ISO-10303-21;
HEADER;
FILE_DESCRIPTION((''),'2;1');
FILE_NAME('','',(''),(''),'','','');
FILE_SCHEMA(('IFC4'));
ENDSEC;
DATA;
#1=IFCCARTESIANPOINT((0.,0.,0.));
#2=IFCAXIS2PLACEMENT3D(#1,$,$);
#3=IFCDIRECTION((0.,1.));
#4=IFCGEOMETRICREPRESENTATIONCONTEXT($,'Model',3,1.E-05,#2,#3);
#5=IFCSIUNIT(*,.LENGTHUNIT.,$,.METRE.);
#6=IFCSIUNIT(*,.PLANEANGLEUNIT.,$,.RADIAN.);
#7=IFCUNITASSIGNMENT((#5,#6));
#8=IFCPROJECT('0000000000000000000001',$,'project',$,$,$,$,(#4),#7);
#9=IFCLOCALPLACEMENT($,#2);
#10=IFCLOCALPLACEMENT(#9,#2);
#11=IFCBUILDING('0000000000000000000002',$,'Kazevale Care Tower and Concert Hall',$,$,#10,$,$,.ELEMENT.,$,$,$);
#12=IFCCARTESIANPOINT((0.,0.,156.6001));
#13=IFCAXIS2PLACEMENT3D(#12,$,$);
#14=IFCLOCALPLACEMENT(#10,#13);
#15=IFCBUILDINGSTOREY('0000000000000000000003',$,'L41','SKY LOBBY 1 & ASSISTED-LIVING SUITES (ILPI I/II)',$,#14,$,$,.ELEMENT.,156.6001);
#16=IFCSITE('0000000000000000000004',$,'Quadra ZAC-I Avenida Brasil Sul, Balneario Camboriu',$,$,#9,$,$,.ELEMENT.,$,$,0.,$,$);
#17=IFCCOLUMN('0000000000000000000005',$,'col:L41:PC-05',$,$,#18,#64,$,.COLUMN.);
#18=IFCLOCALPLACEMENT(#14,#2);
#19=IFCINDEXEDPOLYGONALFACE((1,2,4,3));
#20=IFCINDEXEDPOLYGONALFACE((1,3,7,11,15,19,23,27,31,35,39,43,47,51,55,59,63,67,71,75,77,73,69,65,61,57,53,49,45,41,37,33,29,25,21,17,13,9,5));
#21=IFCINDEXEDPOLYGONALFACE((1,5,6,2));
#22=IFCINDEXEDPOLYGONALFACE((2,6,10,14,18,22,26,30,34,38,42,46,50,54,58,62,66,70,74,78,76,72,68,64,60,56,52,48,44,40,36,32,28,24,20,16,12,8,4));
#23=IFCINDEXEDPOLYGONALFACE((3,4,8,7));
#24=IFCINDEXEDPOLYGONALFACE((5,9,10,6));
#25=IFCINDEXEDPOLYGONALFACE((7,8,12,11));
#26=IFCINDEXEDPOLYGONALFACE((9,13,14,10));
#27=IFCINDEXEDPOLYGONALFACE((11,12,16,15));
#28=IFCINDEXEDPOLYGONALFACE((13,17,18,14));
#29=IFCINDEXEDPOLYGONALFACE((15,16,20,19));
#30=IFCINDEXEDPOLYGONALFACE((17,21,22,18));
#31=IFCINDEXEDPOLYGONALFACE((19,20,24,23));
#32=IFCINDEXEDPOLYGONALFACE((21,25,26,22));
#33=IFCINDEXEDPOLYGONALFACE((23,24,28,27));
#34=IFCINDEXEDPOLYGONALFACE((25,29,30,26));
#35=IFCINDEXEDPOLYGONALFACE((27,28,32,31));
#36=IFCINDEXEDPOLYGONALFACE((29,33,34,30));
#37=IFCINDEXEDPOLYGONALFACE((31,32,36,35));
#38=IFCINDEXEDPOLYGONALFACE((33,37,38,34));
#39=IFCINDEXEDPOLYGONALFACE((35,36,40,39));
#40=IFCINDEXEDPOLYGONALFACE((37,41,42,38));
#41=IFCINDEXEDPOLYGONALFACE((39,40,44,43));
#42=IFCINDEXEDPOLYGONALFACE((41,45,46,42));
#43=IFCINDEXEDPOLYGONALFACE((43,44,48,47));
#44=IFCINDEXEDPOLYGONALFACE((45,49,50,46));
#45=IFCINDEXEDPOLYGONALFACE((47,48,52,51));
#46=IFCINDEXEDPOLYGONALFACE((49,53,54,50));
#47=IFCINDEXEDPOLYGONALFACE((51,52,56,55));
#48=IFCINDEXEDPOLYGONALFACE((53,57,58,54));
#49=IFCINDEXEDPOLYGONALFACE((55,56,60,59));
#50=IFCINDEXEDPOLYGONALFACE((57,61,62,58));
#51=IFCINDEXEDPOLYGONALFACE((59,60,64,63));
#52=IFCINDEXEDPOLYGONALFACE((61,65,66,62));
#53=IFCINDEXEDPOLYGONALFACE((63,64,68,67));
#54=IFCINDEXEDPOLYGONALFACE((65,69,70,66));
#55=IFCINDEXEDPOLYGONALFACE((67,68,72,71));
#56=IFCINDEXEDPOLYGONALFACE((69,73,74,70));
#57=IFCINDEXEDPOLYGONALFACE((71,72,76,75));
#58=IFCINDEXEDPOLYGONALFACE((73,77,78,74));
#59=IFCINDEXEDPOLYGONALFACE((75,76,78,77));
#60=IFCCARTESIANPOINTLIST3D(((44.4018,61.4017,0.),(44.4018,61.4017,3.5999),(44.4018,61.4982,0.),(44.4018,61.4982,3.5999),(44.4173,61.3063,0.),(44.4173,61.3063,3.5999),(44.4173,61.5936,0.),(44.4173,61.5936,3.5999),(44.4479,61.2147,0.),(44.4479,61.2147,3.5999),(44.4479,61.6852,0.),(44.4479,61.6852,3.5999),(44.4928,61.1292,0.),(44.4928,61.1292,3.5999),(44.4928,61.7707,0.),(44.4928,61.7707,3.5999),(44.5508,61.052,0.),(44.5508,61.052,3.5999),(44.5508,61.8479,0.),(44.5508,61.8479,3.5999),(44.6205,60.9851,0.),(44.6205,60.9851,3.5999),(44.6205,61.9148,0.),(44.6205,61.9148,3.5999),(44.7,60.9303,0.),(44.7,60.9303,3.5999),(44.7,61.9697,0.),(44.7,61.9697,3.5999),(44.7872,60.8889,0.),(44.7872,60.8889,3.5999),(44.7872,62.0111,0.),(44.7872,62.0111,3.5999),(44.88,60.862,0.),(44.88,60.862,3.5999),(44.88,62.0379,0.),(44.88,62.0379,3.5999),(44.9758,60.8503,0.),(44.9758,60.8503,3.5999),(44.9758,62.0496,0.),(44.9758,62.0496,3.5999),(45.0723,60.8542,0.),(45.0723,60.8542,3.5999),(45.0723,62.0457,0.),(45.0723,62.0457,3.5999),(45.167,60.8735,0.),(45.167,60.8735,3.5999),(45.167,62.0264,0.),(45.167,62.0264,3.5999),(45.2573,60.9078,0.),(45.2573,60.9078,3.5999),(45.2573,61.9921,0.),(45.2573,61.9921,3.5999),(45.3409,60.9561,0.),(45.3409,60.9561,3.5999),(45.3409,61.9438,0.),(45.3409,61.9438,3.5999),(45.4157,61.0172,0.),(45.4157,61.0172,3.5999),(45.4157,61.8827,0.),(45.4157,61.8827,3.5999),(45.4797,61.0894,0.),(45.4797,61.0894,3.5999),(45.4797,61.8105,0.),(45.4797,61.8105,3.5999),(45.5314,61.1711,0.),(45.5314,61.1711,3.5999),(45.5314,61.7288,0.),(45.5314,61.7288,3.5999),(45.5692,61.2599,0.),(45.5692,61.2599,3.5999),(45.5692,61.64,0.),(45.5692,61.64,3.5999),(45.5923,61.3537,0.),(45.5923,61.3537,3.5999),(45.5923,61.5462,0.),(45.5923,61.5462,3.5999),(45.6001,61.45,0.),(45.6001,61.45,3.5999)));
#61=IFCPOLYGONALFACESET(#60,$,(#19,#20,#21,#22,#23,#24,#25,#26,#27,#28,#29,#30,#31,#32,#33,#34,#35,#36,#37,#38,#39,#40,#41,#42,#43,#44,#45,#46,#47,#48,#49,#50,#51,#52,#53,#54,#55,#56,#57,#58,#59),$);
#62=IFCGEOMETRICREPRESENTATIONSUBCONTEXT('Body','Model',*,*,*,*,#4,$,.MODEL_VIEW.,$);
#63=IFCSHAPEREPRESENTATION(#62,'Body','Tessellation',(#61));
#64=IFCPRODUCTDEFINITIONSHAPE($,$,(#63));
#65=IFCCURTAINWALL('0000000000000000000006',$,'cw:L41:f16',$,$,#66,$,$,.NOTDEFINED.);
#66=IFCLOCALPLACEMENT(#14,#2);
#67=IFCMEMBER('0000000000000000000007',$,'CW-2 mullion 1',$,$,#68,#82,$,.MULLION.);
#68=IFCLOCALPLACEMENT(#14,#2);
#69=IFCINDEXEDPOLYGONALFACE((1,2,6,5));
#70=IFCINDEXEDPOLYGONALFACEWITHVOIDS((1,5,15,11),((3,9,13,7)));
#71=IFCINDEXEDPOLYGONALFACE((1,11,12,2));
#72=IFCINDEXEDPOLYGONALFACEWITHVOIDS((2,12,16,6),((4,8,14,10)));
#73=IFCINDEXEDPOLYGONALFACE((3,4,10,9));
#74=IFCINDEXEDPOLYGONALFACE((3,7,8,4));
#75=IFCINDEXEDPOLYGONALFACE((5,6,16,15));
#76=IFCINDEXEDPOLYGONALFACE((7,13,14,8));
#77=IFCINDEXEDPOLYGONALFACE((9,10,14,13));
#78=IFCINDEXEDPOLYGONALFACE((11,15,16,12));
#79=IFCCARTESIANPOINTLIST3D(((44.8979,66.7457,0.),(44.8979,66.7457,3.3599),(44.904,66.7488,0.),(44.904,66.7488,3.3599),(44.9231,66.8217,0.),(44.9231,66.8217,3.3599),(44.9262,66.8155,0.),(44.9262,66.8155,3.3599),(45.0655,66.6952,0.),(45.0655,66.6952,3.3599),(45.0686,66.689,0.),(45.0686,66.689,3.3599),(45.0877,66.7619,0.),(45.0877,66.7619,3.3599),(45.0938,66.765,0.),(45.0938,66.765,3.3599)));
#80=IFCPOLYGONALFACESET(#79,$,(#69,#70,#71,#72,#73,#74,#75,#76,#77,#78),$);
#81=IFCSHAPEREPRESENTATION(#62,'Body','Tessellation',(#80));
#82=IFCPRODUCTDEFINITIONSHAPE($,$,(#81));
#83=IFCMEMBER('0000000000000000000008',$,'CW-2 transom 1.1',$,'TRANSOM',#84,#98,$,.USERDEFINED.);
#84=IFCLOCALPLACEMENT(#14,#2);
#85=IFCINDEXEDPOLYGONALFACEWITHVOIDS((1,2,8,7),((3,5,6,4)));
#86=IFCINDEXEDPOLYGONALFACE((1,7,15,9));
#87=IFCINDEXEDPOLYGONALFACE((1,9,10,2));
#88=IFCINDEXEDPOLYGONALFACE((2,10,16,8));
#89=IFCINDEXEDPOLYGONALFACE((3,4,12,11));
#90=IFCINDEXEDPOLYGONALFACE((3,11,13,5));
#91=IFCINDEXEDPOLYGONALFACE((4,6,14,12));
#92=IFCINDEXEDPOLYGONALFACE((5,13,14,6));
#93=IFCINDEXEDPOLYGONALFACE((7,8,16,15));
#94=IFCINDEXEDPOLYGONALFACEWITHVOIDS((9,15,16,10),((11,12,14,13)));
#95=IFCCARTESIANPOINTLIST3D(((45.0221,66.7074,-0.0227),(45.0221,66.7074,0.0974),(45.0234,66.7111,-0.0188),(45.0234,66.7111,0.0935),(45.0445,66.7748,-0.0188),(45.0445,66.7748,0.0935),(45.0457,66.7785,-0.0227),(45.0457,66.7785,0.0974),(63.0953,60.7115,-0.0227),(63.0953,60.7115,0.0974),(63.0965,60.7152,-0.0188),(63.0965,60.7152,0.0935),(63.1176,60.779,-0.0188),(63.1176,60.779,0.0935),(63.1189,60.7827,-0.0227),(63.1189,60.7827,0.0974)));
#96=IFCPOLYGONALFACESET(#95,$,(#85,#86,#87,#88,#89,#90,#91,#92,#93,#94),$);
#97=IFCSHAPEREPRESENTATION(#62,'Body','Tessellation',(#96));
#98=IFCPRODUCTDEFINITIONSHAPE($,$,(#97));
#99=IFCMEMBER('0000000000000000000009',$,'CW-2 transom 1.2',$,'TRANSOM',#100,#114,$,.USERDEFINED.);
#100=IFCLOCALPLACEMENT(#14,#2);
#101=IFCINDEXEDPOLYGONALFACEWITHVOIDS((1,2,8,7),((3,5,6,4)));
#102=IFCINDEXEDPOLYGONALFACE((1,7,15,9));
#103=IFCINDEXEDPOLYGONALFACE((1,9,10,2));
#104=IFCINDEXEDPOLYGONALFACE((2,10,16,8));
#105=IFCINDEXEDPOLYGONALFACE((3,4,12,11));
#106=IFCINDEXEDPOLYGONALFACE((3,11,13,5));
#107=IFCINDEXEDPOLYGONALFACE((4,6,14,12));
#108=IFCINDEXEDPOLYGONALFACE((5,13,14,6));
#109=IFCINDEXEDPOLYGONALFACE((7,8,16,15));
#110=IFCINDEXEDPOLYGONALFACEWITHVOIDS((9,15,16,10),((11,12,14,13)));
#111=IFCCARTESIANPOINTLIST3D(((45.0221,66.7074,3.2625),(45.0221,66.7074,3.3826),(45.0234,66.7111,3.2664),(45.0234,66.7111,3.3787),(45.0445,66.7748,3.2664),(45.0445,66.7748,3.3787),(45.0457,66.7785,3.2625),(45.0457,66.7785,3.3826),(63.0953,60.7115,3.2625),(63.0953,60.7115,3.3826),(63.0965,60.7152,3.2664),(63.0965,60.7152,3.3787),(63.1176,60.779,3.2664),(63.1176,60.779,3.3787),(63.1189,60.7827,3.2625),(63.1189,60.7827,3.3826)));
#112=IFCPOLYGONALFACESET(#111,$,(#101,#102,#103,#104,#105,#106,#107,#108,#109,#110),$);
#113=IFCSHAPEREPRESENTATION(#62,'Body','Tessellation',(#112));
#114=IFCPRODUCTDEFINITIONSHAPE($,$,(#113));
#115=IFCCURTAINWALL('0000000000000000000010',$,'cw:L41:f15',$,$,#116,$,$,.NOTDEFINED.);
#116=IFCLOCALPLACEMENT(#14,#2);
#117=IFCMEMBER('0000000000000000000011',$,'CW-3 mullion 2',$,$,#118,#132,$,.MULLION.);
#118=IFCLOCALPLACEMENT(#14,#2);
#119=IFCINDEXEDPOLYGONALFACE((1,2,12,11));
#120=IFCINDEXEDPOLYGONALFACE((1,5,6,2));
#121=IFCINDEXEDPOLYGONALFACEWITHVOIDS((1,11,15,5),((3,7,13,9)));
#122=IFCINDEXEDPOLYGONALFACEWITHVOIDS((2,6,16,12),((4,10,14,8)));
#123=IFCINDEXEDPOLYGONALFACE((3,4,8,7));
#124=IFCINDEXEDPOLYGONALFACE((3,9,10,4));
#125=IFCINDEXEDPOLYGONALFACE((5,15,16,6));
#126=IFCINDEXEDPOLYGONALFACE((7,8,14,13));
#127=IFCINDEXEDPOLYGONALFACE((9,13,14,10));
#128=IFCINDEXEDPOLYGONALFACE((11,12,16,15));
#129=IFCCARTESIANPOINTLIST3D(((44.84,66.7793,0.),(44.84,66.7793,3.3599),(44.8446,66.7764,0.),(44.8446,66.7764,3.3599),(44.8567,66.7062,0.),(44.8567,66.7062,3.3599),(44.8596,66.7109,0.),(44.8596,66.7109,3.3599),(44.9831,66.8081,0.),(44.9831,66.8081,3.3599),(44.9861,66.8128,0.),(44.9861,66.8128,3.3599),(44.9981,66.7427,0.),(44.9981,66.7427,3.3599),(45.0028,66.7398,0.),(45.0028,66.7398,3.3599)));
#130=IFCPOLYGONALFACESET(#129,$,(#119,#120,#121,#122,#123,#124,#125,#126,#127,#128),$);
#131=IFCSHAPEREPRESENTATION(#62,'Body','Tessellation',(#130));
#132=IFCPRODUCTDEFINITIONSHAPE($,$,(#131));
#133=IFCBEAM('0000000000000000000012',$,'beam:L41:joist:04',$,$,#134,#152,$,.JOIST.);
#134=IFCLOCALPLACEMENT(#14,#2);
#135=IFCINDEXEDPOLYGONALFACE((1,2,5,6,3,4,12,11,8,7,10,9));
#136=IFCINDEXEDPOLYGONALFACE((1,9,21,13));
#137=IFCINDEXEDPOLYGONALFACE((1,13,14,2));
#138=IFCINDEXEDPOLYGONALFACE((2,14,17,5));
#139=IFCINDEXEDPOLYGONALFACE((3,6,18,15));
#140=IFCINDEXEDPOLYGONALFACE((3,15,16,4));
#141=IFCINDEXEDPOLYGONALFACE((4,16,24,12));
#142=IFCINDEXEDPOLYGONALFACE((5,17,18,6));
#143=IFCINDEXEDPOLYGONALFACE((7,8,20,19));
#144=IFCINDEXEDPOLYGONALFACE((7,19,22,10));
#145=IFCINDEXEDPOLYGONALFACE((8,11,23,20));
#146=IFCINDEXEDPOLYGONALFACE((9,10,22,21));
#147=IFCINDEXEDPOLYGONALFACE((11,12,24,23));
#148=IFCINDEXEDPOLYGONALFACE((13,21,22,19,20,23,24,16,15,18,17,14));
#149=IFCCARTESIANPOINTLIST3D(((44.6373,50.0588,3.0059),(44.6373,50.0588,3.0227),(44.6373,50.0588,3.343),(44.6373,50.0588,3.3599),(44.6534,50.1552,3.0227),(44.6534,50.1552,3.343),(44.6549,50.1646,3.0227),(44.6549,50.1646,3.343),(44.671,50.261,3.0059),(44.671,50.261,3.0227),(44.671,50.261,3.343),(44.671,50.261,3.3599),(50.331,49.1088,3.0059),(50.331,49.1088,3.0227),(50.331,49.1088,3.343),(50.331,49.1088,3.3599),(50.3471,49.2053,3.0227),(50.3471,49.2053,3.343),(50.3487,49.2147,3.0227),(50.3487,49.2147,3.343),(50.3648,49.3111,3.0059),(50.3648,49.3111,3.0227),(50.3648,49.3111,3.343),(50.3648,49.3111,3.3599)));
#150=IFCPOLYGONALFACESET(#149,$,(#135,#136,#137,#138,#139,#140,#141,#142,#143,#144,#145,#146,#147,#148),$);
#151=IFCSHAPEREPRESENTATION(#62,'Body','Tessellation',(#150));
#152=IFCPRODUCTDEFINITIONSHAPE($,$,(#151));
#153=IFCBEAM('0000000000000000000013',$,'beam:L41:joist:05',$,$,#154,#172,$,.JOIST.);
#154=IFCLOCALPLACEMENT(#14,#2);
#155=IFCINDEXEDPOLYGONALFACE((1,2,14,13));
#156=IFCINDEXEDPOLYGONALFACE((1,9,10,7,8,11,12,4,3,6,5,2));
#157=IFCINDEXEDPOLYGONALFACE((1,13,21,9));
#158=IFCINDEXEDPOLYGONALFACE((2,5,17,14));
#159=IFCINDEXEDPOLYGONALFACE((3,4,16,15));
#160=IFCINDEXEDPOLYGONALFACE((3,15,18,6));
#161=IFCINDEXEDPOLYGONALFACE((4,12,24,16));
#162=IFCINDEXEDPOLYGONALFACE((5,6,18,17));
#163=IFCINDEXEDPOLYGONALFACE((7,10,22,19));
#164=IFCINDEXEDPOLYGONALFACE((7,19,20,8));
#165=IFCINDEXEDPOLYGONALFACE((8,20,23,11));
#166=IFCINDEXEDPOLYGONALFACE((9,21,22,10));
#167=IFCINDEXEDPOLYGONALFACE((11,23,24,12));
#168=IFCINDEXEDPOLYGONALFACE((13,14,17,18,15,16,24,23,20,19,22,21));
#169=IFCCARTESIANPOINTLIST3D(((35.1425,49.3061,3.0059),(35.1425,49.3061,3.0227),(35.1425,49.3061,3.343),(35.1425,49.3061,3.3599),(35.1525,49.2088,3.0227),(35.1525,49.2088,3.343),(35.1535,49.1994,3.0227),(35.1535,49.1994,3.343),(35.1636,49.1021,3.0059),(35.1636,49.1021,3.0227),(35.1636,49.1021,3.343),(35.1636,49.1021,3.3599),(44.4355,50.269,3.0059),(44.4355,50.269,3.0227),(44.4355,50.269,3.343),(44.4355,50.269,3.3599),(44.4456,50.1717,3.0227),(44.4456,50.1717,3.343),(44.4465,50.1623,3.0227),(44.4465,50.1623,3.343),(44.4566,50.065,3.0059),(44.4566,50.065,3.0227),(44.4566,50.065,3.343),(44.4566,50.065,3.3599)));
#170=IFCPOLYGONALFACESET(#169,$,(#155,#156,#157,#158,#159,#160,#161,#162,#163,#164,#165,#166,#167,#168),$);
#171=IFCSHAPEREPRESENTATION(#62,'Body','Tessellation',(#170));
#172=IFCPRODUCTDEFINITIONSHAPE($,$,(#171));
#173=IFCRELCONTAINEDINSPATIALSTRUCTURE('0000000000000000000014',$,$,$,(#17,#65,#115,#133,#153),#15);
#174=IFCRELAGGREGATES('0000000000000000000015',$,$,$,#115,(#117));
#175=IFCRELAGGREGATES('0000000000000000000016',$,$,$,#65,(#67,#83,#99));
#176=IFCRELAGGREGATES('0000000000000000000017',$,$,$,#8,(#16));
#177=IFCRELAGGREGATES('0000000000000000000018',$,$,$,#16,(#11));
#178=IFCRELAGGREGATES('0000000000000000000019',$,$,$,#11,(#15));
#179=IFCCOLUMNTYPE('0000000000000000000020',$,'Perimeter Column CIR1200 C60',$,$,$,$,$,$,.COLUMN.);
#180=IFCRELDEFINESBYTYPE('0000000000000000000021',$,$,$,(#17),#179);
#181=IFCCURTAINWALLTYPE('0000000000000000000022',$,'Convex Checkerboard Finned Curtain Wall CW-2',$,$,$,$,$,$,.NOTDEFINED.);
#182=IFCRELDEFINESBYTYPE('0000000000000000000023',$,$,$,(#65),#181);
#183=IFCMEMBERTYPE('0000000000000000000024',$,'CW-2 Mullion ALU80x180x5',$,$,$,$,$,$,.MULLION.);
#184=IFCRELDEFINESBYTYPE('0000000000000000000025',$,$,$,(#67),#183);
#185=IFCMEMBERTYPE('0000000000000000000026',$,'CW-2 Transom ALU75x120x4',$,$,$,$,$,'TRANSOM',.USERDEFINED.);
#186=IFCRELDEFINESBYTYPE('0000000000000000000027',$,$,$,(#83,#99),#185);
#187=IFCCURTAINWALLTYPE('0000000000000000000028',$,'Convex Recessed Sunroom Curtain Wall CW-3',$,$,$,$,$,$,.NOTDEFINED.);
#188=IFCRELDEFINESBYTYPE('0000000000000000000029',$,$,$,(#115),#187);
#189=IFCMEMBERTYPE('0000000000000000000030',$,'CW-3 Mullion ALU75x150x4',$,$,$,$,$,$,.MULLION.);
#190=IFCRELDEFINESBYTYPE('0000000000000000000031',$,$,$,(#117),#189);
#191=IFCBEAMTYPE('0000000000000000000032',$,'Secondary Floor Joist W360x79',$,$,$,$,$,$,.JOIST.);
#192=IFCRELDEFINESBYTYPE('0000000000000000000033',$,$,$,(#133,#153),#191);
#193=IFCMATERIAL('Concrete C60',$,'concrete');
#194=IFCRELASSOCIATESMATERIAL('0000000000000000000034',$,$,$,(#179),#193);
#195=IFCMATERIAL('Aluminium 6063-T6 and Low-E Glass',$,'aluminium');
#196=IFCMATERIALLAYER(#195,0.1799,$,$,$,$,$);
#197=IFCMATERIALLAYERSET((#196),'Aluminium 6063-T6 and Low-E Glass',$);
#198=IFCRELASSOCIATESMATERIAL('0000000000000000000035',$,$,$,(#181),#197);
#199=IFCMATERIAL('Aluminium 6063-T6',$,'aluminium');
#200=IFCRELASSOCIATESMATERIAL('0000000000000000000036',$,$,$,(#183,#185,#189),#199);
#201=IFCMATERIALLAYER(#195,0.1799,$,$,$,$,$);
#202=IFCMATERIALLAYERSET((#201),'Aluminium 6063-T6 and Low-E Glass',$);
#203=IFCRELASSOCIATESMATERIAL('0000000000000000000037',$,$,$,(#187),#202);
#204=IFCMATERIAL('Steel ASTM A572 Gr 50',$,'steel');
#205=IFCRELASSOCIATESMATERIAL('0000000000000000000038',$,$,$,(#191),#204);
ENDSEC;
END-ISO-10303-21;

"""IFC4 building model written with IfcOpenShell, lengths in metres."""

from ifc_helpers import new_model, si_unit, direction, frame, origin, origin_2d, place, context, subcontext, project, spatial, hollow_rectangle, circle, i_section, extrude, material, layer, layer_set, material_profile, profile_set, type_object, element, aggregate, save


model = new_model("IFC4")

# Units and contexts
model_context = context("Model", 3, precision=1e-05, world=origin(), true_north=direction((0.0, 1.0)))
body_context = subcontext(model_context, "Body", "Model", "MODEL_VIEW")
ifc_project = project(units=[si_unit("LENGTHUNIT", "METRE"), si_unit("PLANEANGLEUNIT", "RADIAN")], contexts=[model_context])

# Site, building, storey
site_placement = place(None, origin())
site = spatial("IfcSite", under=ifc_project, at=site_placement, Name="Quadra ZAC-I Avenida Brasil Sul, Balneario Camboriu", CompositionType="ELEMENT", RefElevation=0.0)
building_placement = place(site_placement, origin())
building = spatial("IfcBuilding", under=site, at=building_placement, Name="Kazevale Care Tower and Concert Hall", CompositionType="ELEMENT")
storey_placement = place(building_placement, frame((0.0, 0.0, 156.6001)))
storey = spatial("IfcBuildingStorey", under=building, at=storey_placement, Name="L41", Description="SKY LOBBY 1 & ASSISTED-LIVING SUITES (ILPI I/II)", CompositionType="ELEMENT", Elevation=156.6001)

# Column
ifc_material_1 = material(Name="Concrete C60", Category="concrete")
ifc_material_profile_1 = material_profile(ifc_material_1, circle(Radius=0.6001, at=origin_2d()), Name="RC-CIR1200")
ifc_profile_set_1 = profile_set([ifc_material_profile_1], Name="Concrete C60")
column_type = type_object("IfcColumnType", Name="Perimeter Column CIR1200 C60", PredefinedType="COLUMN", material=ifc_profile_set_1)
column_placement = place(storey_placement, frame((45.0, 61.45, 0.0), z_axis=(0.0, 0.0, 1.0), x_axis=(1.0, 0.0, 0.0)))
element("IfcColumn", 1, at=column_placement, inside=storey, type_object=column_type, Name="col:L41:PC-05", PredefinedType="COLUMN", context=body_context, shape_type="SweptSolid", body=[
    extrude(circle(Radius=0.6001, at=origin_2d()), origin(), (0.0, 0.0, 1.0), 3.5999),
])

# Curtain wall, members
ifc_material_2 = material(Name="Aluminium 6063-T6 and Low-E Glass", Category="aluminium")
ifc_layer_1 = layer(ifc_material_2, 0.1799)
ifc_layer_set_1 = layer_set([ifc_layer_1], Name="Aluminium 6063-T6 and Low-E Glass")
curtain_wall_type_1 = type_object("IfcCurtainWallType", Name="Convex Checkerboard Finned Curtain Wall CW-2", PredefinedType="NOTDEFINED", material=ifc_layer_set_1)
curtain_wall_1_placement = place(storey_placement, origin())
curtain_wall_1 = element("IfcCurtainWall", 2, at=curtain_wall_1_placement, inside=storey, type_object=curtain_wall_type_1, Name="cw:L41:f16", PredefinedType="NOTDEFINED")
ifc_material_3 = material(Name="Aluminium 6063-T6", Category="aluminium")
ifc_material_profile_2 = material_profile(ifc_material_3, hollow_rectangle(XDim=0.0801, YDim=0.1799, WallThickness=0.0049, at=origin_2d()), Name="ALU80x180x5")
ifc_profile_set_2 = profile_set([ifc_material_profile_2], Name="Aluminium 6063-T6")
member_type_1 = type_object("IfcMemberType", Name="CW-2 Mullion ALU80x180x5", PredefinedType="MULLION", material=ifc_profile_set_2)
member_1_placement = place(storey_placement, frame((44.9958, 66.7554, 0.0), z_axis=(0.0, 0.0, 1.0), x_axis=(0.314868, 0.949135, 0.0)))
member_1 = element("IfcMember", 3, at=member_1_placement, type_object=member_type_1, Name="CW-2 mullion 1", PredefinedType="MULLION", context=body_context, shape_type="SweptSolid", body=[
    extrude(hollow_rectangle(XDim=0.0801, YDim=0.1799, WallThickness=0.0049, at=origin_2d()), origin(), (0.0, 0.0, 1.0), 3.3599),
])
ifc_material_profile_3 = material_profile(ifc_material_3, hollow_rectangle(XDim=0.075, YDim=0.1201, WallThickness=0.0039, at=origin_2d()), Name="ALU75x120x4")
ifc_profile_set_3 = profile_set([ifc_material_profile_3], Name="Aluminium 6063-T6")
member_type_2 = type_object("IfcMemberType", Name="CW-2 Transom ALU75x120x4", ElementType="TRANSOM", PredefinedType="USERDEFINED", material=ifc_profile_set_3)
member_2_placement = place(storey_placement, frame((45.0339, 66.7429, 0.0374), z_axis=(0.949132, -0.314877, 0.0), x_axis=(0.314877, 0.949132, 0.0)))
member_2 = element("IfcMember", 4, at=member_2_placement, type_object=member_type_2, Name="CW-2 transom 1.1", ObjectType="TRANSOM", PredefinedType="USERDEFINED", context=body_context, shape_type="SweptSolid", body=[
    extrude(hollow_rectangle(XDim=0.075, YDim=0.1201, WallThickness=0.0039, at=origin_2d()), origin(), (0.0, 0.0, 1.0), 19.0417),
])
member_3_placement = place(storey_placement, frame((45.0339, 66.7429, 3.3225), z_axis=(0.949132, -0.314877, 0.0), x_axis=(0.314877, 0.949132, 0.0)))
member_3 = element("IfcMember", 5, at=member_3_placement, type_object=member_type_2, Name="CW-2 transom 1.2", ObjectType="TRANSOM", PredefinedType="USERDEFINED", context=body_context, shape_type="SweptSolid", body=[
    extrude(hollow_rectangle(XDim=0.075, YDim=0.1201, WallThickness=0.0039, at=origin_2d()), origin(), (0.0, 0.0, 1.0), 19.0417),
])

# Curtain wall, member
ifc_layer_2 = layer(ifc_material_2, 0.1799)
ifc_layer_set_2 = layer_set([ifc_layer_2], Name="Aluminium 6063-T6 and Low-E Glass")
curtain_wall_type_2 = type_object("IfcCurtainWallType", Name="Convex Recessed Sunroom Curtain Wall CW-3", PredefinedType="NOTDEFINED", material=ifc_layer_set_2)
curtain_wall_2_placement = place(storey_placement, origin())
curtain_wall_2 = element("IfcCurtainWall", 6, at=curtain_wall_2_placement, inside=storey, type_object=curtain_wall_type_2, Name="cw:L41:f15", PredefinedType="NOTDEFINED")
ifc_material_profile_4 = material_profile(ifc_material_3, hollow_rectangle(XDim=0.075, YDim=0.1499, WallThickness=0.0039, at=origin_2d()), Name="ALU75x150x4")
ifc_profile_set_4 = profile_set([ifc_material_profile_4], Name="Aluminium 6063-T6")
member_type_3 = type_object("IfcMemberType", Name="CW-3 Mullion ALU75x150x4", PredefinedType="MULLION", material=ifc_profile_set_4)
member_4_placement = place(storey_placement, frame((44.9214, 66.7595, 0.0), z_axis=(0.0, 0.0, 1.0), x_axis=(-0.223567, 0.974688, 0.0)))
member_4 = element("IfcMember", 7, at=member_4_placement, type_object=member_type_3, Name="CW-3 mullion 2", PredefinedType="MULLION", context=body_context, shape_type="SweptSolid", body=[
    extrude(hollow_rectangle(XDim=0.075, YDim=0.1499, WallThickness=0.0039, at=origin_2d()), origin(), (0.0, 0.0, 1.0), 3.3599),
])
aggregate(curtain_wall_2, [member_4])

# Beams
ifc_material_4 = material(Name="Steel ASTM A572 Gr 50", Category="steel")
ifc_material_profile_5 = material_profile(ifc_material_4, i_section(OverallWidth=0.2051, OverallDepth=0.354, WebThickness=0.0095, FlangeThickness=0.0168, at=origin_2d()), Name="W360x79")
ifc_profile_set_5 = profile_set([ifc_material_profile_5], Name="Steel ASTM A572 Gr 50")
beam_type_1 = type_object("IfcBeamType", Name="Secondary Floor Joist W360x79", PredefinedType="JOIST", material=ifc_profile_set_5)
beam_1_placement = place(storey_placement, frame((50.3479, 49.21, 3.1829), z_axis=(-0.986366, 0.164564, 0.0), x_axis=(-0.164564, -0.986366, 0.0)))
element("IfcBeam", 8, at=beam_1_placement, inside=storey, type_object=beam_type_1, Name="beam:L41:joist:04", PredefinedType="JOIST", context=body_context, shape_type="SweptSolid", body=[
    extrude(i_section(OverallWidth=0.2051, OverallDepth=0.354, WebThickness=0.0095, FlangeThickness=0.0168, at=origin_2d()), origin(), (0.0, 0.0, 1.0), 5.7725),
])
beam_2_placement = place(storey_placement, frame((44.446, 50.167, 3.1829), z_axis=(-0.994675, -0.103063, 0.0), x_axis=(0.103063, -0.994675, 0.0)))
element("IfcBeam", 9, at=beam_2_placement, inside=storey, type_object=beam_type_1, Name="beam:L41:joist:05", PredefinedType="JOIST", context=body_context, shape_type="SweptSolid", body=[
    extrude(i_section(OverallWidth=0.2051, OverallDepth=0.354, WebThickness=0.0095, FlangeThickness=0.0168, at=origin_2d()), origin(), (0.0, 0.0, 1.0), 9.3428),
])

aggregate(curtain_wall_1, [member_1, member_2, member_3])

save(model, "model.ifc")
